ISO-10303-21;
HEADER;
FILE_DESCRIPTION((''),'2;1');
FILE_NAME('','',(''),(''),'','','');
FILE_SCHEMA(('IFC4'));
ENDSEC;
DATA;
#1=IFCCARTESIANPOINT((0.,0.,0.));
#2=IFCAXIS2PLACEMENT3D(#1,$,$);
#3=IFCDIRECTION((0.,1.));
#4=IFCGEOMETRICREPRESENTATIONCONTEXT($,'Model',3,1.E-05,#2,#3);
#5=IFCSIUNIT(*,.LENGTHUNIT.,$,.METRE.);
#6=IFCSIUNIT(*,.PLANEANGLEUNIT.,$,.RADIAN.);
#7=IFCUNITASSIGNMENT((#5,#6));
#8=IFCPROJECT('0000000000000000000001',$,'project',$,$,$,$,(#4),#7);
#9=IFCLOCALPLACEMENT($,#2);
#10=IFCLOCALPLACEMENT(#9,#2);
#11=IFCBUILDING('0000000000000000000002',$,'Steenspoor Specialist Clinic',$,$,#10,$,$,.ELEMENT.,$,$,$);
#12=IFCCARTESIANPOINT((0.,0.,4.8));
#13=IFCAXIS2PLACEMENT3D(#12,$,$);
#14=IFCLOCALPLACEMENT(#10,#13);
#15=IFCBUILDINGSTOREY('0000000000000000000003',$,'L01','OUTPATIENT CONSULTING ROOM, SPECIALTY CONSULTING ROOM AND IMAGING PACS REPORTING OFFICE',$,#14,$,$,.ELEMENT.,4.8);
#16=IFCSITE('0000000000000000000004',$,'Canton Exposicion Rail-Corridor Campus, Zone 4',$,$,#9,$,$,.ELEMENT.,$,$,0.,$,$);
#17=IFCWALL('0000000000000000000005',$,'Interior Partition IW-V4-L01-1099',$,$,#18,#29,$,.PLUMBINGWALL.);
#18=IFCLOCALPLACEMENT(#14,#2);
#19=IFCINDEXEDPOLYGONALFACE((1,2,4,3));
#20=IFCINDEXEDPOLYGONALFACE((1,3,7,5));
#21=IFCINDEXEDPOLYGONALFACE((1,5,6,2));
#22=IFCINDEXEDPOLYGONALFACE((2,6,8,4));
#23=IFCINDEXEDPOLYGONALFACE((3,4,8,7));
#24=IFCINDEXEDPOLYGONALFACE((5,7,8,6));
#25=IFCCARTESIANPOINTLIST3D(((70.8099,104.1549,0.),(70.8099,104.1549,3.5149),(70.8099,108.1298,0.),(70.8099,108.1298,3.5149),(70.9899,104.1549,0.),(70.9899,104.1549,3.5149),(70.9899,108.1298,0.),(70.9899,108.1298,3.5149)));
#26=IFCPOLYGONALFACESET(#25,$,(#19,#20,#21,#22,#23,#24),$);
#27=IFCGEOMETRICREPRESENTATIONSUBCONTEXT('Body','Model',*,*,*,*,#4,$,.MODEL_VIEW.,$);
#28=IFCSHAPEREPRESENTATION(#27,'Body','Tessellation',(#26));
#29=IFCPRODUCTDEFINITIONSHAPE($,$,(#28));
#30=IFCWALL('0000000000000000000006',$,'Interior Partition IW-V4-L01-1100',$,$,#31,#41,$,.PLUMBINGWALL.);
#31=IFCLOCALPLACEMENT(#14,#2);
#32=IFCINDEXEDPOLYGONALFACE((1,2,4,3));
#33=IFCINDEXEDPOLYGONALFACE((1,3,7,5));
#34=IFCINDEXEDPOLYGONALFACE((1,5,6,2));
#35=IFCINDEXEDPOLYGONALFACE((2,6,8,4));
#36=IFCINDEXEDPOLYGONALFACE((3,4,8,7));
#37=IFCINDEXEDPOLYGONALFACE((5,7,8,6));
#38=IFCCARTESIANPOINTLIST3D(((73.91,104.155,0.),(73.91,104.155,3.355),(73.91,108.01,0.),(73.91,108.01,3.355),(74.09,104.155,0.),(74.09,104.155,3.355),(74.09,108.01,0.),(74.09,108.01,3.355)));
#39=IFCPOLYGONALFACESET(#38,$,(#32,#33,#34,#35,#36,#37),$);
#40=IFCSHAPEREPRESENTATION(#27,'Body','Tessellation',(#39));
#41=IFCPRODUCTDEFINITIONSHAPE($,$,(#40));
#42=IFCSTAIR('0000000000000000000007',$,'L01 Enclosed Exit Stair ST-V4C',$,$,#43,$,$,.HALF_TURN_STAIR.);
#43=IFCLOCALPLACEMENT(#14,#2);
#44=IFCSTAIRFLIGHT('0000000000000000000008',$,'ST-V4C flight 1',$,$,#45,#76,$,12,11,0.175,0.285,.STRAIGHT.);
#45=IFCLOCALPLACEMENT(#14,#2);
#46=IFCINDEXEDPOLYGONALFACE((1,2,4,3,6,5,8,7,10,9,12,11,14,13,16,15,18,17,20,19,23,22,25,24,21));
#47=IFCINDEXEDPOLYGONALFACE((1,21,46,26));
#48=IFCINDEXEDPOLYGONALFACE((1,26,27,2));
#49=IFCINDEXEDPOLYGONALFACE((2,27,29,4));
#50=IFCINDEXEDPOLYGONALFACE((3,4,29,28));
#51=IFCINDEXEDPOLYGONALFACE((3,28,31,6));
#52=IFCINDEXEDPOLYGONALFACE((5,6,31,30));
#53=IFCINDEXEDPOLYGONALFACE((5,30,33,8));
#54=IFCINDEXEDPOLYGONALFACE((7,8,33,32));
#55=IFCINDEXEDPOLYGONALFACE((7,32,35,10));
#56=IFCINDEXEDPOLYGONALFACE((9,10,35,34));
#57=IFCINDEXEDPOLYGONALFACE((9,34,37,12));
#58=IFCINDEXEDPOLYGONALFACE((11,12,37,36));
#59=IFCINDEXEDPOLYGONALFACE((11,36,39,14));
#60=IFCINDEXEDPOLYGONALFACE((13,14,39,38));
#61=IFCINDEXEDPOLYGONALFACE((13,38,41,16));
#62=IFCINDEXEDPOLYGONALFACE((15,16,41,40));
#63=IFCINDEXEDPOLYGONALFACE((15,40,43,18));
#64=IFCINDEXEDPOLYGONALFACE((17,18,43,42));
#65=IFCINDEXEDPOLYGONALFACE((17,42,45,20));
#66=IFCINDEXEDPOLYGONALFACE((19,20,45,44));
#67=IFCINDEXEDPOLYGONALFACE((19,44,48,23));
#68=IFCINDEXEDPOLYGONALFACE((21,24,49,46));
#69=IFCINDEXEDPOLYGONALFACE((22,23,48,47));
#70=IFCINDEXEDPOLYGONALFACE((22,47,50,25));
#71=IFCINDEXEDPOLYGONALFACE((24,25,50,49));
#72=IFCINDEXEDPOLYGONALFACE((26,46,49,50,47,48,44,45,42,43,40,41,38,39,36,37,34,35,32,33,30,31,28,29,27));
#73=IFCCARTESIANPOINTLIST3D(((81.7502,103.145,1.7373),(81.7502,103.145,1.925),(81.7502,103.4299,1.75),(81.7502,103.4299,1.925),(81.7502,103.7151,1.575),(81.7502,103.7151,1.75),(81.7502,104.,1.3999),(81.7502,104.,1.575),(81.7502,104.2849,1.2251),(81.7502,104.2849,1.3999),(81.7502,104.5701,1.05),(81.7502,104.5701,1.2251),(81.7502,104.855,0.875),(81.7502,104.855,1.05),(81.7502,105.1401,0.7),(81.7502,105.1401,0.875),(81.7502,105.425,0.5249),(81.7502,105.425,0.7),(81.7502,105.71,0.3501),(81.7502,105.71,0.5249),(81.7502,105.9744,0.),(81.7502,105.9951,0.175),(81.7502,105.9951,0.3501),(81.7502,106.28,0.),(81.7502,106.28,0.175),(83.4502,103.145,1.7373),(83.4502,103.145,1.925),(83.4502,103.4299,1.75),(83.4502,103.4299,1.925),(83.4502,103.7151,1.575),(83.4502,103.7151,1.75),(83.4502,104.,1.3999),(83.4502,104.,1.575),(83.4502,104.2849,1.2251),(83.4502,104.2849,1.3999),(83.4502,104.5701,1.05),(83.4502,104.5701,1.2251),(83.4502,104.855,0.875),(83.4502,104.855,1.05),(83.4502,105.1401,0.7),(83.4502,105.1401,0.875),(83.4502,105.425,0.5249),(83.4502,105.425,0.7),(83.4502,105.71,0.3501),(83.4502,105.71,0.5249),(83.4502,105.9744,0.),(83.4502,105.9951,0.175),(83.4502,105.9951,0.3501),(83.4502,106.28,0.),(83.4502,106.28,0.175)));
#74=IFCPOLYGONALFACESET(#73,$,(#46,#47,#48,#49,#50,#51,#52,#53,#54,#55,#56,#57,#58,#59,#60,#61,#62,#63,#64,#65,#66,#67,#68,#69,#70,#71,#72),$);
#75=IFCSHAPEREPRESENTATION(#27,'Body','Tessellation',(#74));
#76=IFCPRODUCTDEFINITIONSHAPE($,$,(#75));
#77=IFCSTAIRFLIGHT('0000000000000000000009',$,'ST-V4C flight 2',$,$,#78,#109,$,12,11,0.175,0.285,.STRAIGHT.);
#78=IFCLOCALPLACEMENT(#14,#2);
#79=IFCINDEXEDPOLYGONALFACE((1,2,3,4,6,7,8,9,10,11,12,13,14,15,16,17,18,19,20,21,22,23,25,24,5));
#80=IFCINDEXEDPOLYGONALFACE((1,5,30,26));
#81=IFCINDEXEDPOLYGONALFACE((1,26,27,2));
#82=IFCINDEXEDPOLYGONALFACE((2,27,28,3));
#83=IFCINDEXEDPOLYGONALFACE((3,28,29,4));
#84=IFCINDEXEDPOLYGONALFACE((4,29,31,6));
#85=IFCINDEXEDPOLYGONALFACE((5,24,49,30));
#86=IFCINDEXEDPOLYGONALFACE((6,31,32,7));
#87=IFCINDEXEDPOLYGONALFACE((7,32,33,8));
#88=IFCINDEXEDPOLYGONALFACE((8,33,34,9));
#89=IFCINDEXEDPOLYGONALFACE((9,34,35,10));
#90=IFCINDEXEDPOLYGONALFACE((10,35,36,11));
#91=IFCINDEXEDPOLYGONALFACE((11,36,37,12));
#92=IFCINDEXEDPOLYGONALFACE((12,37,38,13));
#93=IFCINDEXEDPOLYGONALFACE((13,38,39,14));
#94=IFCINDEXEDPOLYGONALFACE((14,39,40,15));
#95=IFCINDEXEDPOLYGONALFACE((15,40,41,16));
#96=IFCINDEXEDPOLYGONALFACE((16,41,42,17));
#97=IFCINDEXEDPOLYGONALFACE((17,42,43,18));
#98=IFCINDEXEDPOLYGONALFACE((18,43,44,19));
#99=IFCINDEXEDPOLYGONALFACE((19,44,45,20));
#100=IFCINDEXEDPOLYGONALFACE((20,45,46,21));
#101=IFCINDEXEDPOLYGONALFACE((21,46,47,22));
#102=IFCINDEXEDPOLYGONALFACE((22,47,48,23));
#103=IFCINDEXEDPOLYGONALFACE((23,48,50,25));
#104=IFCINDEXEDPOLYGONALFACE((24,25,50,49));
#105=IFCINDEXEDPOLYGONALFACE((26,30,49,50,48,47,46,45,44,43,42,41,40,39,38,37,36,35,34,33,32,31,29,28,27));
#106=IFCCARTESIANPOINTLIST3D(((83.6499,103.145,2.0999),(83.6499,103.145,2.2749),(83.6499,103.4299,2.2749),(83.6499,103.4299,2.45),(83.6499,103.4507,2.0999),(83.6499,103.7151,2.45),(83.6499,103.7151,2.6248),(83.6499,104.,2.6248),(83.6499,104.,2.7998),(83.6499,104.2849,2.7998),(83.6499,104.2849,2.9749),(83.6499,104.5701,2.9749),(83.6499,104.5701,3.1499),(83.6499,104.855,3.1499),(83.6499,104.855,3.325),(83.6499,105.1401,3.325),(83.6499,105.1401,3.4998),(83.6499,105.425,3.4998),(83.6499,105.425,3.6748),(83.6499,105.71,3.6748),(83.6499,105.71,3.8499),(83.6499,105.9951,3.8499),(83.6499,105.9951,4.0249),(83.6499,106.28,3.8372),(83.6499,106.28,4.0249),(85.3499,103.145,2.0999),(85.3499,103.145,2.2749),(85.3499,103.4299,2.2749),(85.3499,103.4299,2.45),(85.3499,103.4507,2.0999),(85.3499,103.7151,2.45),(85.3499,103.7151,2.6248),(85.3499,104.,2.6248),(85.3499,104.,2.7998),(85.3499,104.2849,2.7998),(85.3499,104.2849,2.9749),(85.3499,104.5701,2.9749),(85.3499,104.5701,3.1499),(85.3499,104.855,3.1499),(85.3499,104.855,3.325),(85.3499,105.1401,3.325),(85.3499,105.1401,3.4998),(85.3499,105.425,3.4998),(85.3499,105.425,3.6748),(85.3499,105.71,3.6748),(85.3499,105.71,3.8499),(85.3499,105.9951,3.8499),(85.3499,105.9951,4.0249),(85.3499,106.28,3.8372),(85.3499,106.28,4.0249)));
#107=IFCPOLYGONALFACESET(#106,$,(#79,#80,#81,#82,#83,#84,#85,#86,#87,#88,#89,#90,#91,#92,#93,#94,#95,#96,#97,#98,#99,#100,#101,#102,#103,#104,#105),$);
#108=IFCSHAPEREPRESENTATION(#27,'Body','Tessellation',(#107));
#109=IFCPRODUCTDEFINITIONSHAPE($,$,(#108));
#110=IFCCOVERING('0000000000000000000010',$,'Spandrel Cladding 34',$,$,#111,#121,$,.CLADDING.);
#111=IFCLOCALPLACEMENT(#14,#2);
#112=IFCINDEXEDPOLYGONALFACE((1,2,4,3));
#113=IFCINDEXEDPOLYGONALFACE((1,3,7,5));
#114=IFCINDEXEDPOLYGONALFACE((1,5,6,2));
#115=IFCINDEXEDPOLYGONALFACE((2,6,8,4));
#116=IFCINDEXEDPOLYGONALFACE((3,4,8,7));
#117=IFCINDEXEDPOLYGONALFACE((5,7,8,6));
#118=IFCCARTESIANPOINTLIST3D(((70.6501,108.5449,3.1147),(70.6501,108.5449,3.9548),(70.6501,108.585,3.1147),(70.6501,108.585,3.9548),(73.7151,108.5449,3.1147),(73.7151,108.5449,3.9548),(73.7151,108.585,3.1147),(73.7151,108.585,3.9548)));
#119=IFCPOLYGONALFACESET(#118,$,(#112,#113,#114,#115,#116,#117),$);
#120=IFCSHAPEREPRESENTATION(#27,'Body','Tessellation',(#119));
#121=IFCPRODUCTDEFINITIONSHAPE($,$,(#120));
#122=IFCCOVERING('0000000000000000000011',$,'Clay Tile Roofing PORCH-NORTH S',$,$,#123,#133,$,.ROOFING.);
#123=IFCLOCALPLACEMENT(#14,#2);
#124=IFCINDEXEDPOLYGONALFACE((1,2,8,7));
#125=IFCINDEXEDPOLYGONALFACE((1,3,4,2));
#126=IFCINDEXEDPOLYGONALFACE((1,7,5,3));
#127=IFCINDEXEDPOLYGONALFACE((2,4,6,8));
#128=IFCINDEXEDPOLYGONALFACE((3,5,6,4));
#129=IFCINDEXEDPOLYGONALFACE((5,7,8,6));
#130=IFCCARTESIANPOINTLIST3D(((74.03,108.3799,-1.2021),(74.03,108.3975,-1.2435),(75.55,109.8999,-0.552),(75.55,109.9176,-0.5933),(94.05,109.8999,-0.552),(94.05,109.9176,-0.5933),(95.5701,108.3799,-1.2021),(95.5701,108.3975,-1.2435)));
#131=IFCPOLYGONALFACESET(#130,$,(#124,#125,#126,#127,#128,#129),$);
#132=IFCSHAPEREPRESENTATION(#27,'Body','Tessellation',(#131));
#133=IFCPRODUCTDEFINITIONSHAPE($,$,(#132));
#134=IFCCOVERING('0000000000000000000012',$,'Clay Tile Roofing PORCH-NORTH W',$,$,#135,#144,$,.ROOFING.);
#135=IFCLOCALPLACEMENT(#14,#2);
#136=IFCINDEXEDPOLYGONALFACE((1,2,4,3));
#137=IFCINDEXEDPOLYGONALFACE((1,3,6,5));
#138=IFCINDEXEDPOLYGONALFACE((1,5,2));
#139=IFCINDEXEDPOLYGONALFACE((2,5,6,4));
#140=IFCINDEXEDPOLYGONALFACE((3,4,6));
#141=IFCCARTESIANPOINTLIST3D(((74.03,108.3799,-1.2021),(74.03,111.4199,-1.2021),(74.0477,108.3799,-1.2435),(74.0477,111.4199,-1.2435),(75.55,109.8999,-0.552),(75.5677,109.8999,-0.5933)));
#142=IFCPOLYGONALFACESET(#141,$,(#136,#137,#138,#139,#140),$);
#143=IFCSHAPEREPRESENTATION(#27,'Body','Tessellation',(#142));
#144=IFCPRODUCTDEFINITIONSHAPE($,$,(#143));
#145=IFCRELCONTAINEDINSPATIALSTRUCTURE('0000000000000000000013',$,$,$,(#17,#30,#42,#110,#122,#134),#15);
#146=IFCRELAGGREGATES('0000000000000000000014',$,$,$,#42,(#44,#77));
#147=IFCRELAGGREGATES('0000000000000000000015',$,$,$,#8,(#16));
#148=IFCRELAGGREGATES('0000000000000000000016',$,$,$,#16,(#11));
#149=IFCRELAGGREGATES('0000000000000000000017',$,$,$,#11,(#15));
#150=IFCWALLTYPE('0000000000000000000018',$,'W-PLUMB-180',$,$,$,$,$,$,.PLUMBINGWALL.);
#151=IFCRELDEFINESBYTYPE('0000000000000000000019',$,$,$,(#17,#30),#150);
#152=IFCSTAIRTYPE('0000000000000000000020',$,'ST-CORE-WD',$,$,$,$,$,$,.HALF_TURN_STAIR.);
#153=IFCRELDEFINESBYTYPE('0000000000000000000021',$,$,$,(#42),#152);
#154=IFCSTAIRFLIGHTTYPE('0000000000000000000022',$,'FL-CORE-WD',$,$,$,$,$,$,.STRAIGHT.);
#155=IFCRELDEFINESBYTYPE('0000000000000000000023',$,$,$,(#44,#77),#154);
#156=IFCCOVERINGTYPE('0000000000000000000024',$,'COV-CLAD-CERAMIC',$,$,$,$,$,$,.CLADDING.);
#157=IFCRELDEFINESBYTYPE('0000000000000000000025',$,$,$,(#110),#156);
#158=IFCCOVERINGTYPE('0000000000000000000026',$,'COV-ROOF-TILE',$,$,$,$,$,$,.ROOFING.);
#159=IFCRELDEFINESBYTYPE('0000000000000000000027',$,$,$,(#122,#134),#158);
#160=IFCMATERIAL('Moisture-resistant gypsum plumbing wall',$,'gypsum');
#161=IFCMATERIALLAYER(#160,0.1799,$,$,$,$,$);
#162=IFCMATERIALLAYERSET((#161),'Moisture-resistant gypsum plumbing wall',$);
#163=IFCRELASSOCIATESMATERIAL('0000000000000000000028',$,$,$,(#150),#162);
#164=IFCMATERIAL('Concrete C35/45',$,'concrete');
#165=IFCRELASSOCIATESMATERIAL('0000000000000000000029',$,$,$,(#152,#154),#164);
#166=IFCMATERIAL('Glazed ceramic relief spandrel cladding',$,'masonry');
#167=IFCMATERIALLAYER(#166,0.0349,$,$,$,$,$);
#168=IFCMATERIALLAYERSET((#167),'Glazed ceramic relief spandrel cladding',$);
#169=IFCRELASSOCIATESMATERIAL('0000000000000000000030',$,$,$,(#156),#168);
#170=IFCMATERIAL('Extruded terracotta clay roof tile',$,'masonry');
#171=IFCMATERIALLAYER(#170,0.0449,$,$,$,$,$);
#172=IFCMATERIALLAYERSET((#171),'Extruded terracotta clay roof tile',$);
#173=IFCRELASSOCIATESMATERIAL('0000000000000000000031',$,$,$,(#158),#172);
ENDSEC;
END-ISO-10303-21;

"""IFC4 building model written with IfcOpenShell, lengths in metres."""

from ifc_helpers import new_model, si_unit, direction, frame, frame_2d, origin, origin_2d, place, context, subcontext, project, spatial, polyline, rectangle, outline, extrude, material, layer, layer_set, type_object, element, aggregate, save


model = new_model("IFC4")

# Units and contexts
model_context = context("Model", 3, precision=1e-05, world=origin(), true_north=direction((0.0, 1.0)))
body_context = subcontext(model_context, "Body", "Model", "MODEL_VIEW")
ifc_project = project(units=[si_unit("LENGTHUNIT", "METRE"), si_unit("PLANEANGLEUNIT", "RADIAN")], contexts=[model_context])

# Site, building, storey
site_placement = place(None, origin())
site = spatial("IfcSite", under=ifc_project, at=site_placement, Name="Canton Exposicion Rail-Corridor Campus, Zone 4", CompositionType="ELEMENT", RefElevation=0.0)
building_placement = place(site_placement, origin())
building = spatial("IfcBuilding", under=site, at=building_placement, Name="Steenspoor Specialist Clinic", CompositionType="ELEMENT")
storey_placement = place(building_placement, frame((0.0, 0.0, 4.8)))
storey = spatial("IfcBuildingStorey", under=building, at=storey_placement, Name="L01", Description="OUTPATIENT CONSULTING ROOM, SPECIALTY CONSULTING ROOM AND IMAGING PACS REPORTING OFFICE", CompositionType="ELEMENT", Elevation=4.8)

# Shared definitions
ifc_material_1 = material(Name="Concrete C35/45", Category="concrete")

# Shared definitions
ifc_material_2 = material(Name="Extruded terracotta clay roof tile", Category="masonry")

# Shared definitions
ifc_material_3 = material(Name="Moisture-resistant gypsum plumbing wall", Category="gypsum")
ifc_layer_1 = layer(ifc_material_3, 0.1799)
ifc_layer_set_1 = layer_set([ifc_layer_1], Name="Moisture-resistant gypsum plumbing wall")
wall_type_1 = type_object("IfcWallType", Name="W-PLUMB-180", PredefinedType="PLUMBINGWALL", material=ifc_layer_set_1)

# Walls
wall_1_placement = place(storey_placement, frame((70.8999, 104.155, 0.0), z_axis=(0.0, 0.0, 1.0), x_axis=(0.0, 1.0, 0.0)))
element("IfcWall", 1, at=wall_1_placement, inside=storey, type_object=wall_type_1, Name="Interior Partition IW-V4-L01-1099", PredefinedType="PLUMBINGWALL", context=body_context, shape_type="SweptSolid", body=[
    extrude(rectangle(XDim=3.9749, YDim=0.1799, at=frame_2d((1.9873, 0.0))), origin(), (0.0, 0.0, 1.0), 3.5149),
])
wall_2_placement = place(storey_placement, frame((74.0, 104.155, 0.0), z_axis=(0.0, 0.0, 1.0), x_axis=(0.0, 1.0, 0.0)))
element("IfcWall", 2, at=wall_2_placement, inside=storey, type_object=wall_type_1, Name="Interior Partition IW-V4-L01-1100", PredefinedType="PLUMBINGWALL", context=body_context, shape_type="SweptSolid", body=[
    extrude(rectangle(XDim=3.855, YDim=0.1799, at=frame_2d((1.9275, 0.0))), origin(), (0.0, 0.0, 1.0), 3.355),
])

# Stair, stair flights
stair_type = type_object("IfcStairType", Name="ST-CORE-WD", PredefinedType="HALF_TURN_STAIR", material=ifc_material_1)
stair_placement = place(storey_placement, origin())
stair = element("IfcStair", 3, at=stair_placement, inside=storey, type_object=stair_type, Name="L01 Enclosed Exit Stair ST-V4C", PredefinedType="HALF_TURN_STAIR")
stair_flight_type = type_object("IfcStairFlightType", Name="FL-CORE-WD", PredefinedType="STRAIGHT", material=ifc_material_1)
stair_flight_1_placement = place(storey_placement, frame((82.6001, 106.28, 0.0), z_axis=(0.0, 0.0, 1.0), x_axis=(0.0, -1.0, 0.0)))
stair_flight_1 = element("IfcStairFlight", 4, at=stair_flight_1_placement, type_object=stair_flight_type, Name="ST-V4C flight 1", NumberOfRisers=12, NumberOfTreads=11, PredefinedType="STRAIGHT", RiserHeight=0.175, TreadLength=0.285, context=body_context, shape_type="SweptSolid", body=[
    extrude(outline(polyline([(0.0, 0.0), (0.0, 0.175), (0.2849, 0.175), (0.2849, 0.3501), (0.5701, 0.3501), (0.5701, 0.5249), (0.855, 0.5249), (0.855, 0.7), (1.1399, 0.7), (1.1399, 0.875), (1.425, 0.875), (1.425, 1.05), (1.71, 1.05), (1.71, 1.2251), (1.9951, 1.2251), (1.9951, 1.3999), (2.28, 1.3999), (2.28, 1.575), (2.5649, 1.575), (2.5649, 1.75), (2.8501, 1.75), (2.8501, 1.925), (3.135, 1.925), (3.135, 2.1001), (3.135, 1.7373), (0.3057, 0.0), (0.0, 0.0)])), frame((0.0, 0.8501, 0.0), z_axis=(0.0, -1.0, 0.0), x_axis=(1.0, 0.0, 0.0)), (0.0, 0.0, 1.0), 1.7),
])
stair_flight_2_placement = place(storey_placement, frame((84.5, 103.145, 2.0999), z_axis=(0.0, 0.0, 1.0), x_axis=(0.0, 1.0, 0.0)))
stair_flight_2 = element("IfcStairFlight", 5, at=stair_flight_2_placement, type_object=stair_flight_type, Name="ST-V4C flight 2", NumberOfRisers=12, NumberOfTreads=11, PredefinedType="STRAIGHT", RiserHeight=0.175, TreadLength=0.285, context=body_context, shape_type="SweptSolid", body=[
    extrude(outline(polyline([(0.0, 0.0), (0.0, 0.175), (0.2849, 0.175), (0.2849, 0.3501), (0.5701, 0.3501), (0.5701, 0.5249), (0.855, 0.5249), (0.855, 0.7), (1.1399, 0.7), (1.1399, 0.875), (1.425, 0.875), (1.425, 1.05), (1.71, 1.05), (1.71, 1.2251), (1.9951, 1.2251), (1.9951, 1.3999), (2.28, 1.3999), (2.28, 1.575), (2.5649, 1.575), (2.5649, 1.75), (2.8501, 1.75), (2.8501, 1.925), (3.135, 1.925), (3.135, 2.1001), (3.135, 1.7373), (0.3057, 0.0), (0.0, 0.0)])), frame((0.0, 0.8501, 0.0), z_axis=(0.0, -1.0, 0.0), x_axis=(1.0, 0.0, 0.0)), (0.0, 0.0, 1.0), 1.7),
])
aggregate(stair, [stair_flight_1, stair_flight_2])

# Coverings
ifc_material_4 = material(Name="Glazed ceramic relief spandrel cladding", Category="masonry")
ifc_layer_2 = layer(ifc_material_4, 0.0349)
ifc_layer_set_2 = layer_set([ifc_layer_2], Name="Glazed ceramic relief spandrel cladding")
covering_type_1 = type_object("IfcCoveringType", Name="COV-CLAD-CERAMIC", PredefinedType="CLADDING", material=ifc_layer_set_2)
covering_1_placement = place(storey_placement, frame((72.1826, 108.5649, 3.1147), z_axis=(0.0, 0.0, 1.0), x_axis=(1.0, 0.0, 0.0)))
element("IfcCovering", 6, at=covering_1_placement, inside=storey, type_object=covering_type_1, Name="Spandrel Cladding 34", PredefinedType="CLADDING", context=body_context, shape_type="SweptSolid", body=[
    extrude(rectangle(XDim=3.0649, YDim=0.04, at=origin_2d()), origin(), (0.0, 0.0, 1.0), 0.8401),
])
ifc_layer_3 = layer(ifc_material_2, 0.0449)
ifc_layer_set_3 = layer_set([ifc_layer_3], Name="Extruded terracotta clay roof tile")
covering_type_2 = type_object("IfcCoveringType", Name="COV-ROOF-TILE", PredefinedType="ROOFING", material=ifc_layer_set_3)
covering_2_placement = place(storey_placement, frame((74.03, 108.3799, -1.2021), z_axis=(0.0, -0.39326, 0.919427), x_axis=(1.0, 0.0, 0.0)))
element("IfcCovering", 7, at=covering_2_placement, inside=storey, type_object=covering_type_2, Name="Clay Tile Roofing PORCH-NORTH S", PredefinedType="ROOFING", context=body_context, shape_type="SweptSolid", body=[
    extrude(outline(polyline([(0.0, 0.0), (21.54, 0.0), (20.02, 1.6532), (1.52, 1.6532), (0.0, 0.0)])), origin(), (0.0, 0.0, -1.0), 0.0449),
])
covering_3_placement = place(storey_placement, frame((74.03, 111.4199, -1.2021), z_axis=(-0.39326, 0.0, 0.919427), x_axis=(0.0, -1.0, 0.0)))
element("IfcCovering", 8, at=covering_3_placement, inside=storey, type_object=covering_type_2, Name="Clay Tile Roofing PORCH-NORTH W", PredefinedType="ROOFING", context=body_context, shape_type="SweptSolid", body=[
    extrude(outline(polyline([(0.0, 0.0), (3.04, 0.0), (1.52, 1.6532), (0.0, 0.0)])), origin(), (0.0, 0.0, -1.0), 0.0449),
])

save(model, "model.ifc")
